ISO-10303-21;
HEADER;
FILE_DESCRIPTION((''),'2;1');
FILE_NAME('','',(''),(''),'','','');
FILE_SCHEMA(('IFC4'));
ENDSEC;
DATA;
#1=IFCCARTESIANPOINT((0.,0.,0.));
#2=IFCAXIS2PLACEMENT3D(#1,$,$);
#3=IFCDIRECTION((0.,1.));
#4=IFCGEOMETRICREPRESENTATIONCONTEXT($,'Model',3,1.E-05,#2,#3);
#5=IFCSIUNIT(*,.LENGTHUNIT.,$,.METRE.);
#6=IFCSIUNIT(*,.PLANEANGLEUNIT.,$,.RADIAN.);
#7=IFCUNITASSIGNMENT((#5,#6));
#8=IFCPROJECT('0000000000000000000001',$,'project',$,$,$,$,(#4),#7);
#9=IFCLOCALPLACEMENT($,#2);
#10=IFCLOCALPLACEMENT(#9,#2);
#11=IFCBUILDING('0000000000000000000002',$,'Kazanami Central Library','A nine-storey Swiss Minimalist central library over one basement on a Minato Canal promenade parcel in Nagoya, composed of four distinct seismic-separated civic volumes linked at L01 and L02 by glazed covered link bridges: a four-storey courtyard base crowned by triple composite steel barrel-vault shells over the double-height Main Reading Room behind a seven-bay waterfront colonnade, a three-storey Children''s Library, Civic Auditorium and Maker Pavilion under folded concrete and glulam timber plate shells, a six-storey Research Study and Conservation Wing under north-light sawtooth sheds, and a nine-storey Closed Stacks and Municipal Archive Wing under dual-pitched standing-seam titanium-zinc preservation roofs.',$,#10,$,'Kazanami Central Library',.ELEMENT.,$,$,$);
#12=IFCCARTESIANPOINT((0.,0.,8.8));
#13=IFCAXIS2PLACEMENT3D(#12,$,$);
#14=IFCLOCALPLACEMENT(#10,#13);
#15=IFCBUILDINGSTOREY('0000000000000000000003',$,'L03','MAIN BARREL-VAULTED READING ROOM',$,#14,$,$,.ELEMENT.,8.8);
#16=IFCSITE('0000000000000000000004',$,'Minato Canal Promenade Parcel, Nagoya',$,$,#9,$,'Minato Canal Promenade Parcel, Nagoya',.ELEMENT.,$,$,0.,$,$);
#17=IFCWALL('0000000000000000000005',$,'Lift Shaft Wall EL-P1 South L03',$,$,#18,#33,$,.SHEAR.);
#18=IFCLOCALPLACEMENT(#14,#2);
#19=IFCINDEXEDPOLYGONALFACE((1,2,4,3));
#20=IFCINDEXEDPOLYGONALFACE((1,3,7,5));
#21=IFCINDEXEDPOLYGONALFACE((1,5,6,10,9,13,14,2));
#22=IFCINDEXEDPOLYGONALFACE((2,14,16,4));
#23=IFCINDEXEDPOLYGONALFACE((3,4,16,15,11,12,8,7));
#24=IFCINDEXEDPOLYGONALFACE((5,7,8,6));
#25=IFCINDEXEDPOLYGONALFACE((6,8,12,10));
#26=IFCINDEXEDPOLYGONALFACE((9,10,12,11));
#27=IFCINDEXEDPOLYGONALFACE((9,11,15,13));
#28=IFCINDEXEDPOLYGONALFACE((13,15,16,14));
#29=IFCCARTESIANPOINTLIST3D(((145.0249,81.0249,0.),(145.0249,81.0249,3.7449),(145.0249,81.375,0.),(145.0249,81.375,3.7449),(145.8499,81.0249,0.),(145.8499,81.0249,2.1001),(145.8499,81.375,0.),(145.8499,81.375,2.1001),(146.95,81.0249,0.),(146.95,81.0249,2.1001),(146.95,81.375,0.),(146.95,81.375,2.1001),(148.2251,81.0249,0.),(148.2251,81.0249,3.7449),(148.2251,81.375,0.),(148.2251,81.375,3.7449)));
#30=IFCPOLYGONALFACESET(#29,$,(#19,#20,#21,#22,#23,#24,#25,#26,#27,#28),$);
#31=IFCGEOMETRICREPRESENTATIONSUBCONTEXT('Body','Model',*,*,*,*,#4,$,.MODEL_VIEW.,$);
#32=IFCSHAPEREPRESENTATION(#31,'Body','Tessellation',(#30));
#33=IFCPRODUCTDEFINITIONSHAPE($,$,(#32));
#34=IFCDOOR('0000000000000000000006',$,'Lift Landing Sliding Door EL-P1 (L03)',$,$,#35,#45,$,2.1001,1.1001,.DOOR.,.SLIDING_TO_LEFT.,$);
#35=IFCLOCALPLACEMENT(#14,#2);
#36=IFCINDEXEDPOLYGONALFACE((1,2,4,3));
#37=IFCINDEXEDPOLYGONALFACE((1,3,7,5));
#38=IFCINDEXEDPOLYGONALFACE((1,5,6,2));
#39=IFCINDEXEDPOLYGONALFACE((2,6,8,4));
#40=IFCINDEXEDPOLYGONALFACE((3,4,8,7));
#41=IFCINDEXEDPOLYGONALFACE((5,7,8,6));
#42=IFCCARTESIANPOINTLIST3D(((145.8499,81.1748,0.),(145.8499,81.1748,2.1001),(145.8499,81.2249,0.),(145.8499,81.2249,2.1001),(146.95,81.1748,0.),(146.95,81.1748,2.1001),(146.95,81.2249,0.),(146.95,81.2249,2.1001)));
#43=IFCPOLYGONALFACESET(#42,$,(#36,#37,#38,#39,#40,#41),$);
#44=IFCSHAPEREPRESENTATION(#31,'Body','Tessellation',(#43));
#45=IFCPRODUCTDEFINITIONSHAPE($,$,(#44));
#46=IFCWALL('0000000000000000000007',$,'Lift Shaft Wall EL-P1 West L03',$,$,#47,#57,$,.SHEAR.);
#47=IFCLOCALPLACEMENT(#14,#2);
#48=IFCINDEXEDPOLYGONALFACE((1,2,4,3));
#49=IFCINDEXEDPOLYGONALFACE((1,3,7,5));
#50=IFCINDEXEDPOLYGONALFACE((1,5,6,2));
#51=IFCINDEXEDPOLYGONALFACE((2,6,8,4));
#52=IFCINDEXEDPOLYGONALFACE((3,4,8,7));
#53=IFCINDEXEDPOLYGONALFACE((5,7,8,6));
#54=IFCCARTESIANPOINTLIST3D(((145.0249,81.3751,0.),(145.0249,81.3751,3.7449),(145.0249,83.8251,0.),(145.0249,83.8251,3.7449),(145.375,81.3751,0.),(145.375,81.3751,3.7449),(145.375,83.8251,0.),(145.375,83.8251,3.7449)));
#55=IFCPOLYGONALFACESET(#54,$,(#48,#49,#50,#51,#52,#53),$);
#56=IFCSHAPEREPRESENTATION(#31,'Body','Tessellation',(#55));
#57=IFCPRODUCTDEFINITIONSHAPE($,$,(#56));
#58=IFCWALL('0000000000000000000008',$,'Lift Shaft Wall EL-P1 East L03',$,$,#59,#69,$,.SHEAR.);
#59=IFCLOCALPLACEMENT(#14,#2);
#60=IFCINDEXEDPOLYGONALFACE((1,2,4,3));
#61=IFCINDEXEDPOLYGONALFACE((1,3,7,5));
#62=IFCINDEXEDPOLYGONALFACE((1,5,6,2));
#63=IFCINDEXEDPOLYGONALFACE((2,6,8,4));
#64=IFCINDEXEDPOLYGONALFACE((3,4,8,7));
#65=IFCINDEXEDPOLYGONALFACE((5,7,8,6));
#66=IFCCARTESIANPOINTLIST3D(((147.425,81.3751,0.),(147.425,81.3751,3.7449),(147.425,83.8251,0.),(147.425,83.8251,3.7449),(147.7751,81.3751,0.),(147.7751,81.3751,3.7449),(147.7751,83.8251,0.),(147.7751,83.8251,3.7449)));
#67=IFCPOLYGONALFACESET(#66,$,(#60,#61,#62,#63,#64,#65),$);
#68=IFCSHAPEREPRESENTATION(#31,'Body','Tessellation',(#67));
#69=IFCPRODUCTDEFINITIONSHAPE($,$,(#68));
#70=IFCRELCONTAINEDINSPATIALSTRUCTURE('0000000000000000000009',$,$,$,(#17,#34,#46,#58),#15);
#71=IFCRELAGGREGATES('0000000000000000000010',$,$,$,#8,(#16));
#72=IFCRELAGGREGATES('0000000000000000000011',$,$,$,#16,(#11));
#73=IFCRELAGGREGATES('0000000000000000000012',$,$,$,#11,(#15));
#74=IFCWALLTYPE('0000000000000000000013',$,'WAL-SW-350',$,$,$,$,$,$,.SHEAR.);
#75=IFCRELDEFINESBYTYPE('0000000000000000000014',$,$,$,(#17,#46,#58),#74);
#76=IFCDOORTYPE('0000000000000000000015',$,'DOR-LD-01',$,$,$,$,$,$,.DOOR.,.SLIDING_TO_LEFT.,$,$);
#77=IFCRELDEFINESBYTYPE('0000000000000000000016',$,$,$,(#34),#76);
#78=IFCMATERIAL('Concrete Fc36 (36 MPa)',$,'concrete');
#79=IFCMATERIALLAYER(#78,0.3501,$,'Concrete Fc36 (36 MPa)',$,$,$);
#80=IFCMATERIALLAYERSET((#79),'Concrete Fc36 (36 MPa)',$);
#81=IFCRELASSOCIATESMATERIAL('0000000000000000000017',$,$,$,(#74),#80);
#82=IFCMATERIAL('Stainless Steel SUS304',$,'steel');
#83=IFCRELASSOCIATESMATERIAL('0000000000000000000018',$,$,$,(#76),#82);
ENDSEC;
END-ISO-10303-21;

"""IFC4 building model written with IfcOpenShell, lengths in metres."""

from ifc_helpers import new_model, si_unit, direction, frame, frame_2d, origin, place, context, subcontext, project, spatial, rectangle, extrude, material, layer, layer_set, type_object, element, fill, save


model = new_model("IFC4")

# Units and contexts
model_context = context("Model", 3, precision=1e-05, world=origin(), true_north=direction((0.0, 1.0)))
body_context = subcontext(model_context, "Body", "Model", "MODEL_VIEW")
ifc_project = project(units=[si_unit("LENGTHUNIT", "METRE"), si_unit("PLANEANGLEUNIT", "RADIAN")], contexts=[model_context])

# Site, building, storey
site_placement = place(None, origin())
site = spatial("IfcSite", under=ifc_project, at=site_placement, Name="Minato Canal Promenade Parcel, Nagoya", LongName="Minato Canal Promenade Parcel, Nagoya", CompositionType="ELEMENT", RefElevation=0.0)
building_placement = place(site_placement, origin())
building = spatial("IfcBuilding", under=site, at=building_placement, Name="Kazanami Central Library", Description="A nine-storey Swiss Minimalist central library over one basement on a Minato Canal promenade parcel in Nagoya, composed of four distinct seismic-separated civic volumes linked at L01 and L02 by glazed covered link bridges: a four-storey courtyard base crowned by triple composite steel barrel-vault shells over the double-height Main Reading Room behind a seven-bay waterfront colonnade, a three-storey Children's Library, Civic Auditorium and Maker Pavilion under folded concrete and glulam timber plate shells, a six-storey Research Study and Conservation Wing under north-light sawtooth sheds, and a nine-storey Closed Stacks and Municipal Archive Wing under dual-pitched standing-seam titanium-zinc preservation roofs.", LongName="Kazanami Central Library", CompositionType="ELEMENT")
storey_placement = place(building_placement, frame((0.0, 0.0, 8.8)))
storey = spatial("IfcBuildingStorey", under=building, at=storey_placement, Name="L03", Description="MAIN BARREL-VAULTED READING ROOM", CompositionType="ELEMENT", Elevation=8.8)

# Shared definitions
ifc_material_1 = material(Name="Concrete Fc36 (36 MPa)", Category="concrete")

# Shared definitions
ifc_layer_1 = layer(ifc_material_1, 0.3501, Name="Concrete Fc36 (36 MPa)")
ifc_layer_set_1 = layer_set([ifc_layer_1], Name="Concrete Fc36 (36 MPa)")
wall_type_1 = type_object("IfcWallType", Name="WAL-SW-350", PredefinedType="SHEAR", material=ifc_layer_set_1)
ifc_material_2 = material(Name="Stainless Steel SUS304", Category="steel")

# Wall, opening, door
wall_1_placement = place(storey_placement, frame((145.0249, 81.2, 0.0), z_axis=(0.0, 0.0, 1.0), x_axis=(1.0, 0.0, 0.0)))
wall_1 = element("IfcWall", 1, at=wall_1_placement, inside=storey, type_object=wall_type_1, Name="Lift Shaft Wall EL-P1 South L03", PredefinedType="SHEAR", context=body_context, shape_type="SweptSolid", body=[
    extrude(rectangle(XDim=3.2002, YDim=0.3501, at=frame_2d((1.6001, 0.0))), origin(), (0.0, 0.0, 1.0), 3.7449),
])
opening_1_placement = place(wall_1_placement, frame((0.825, 0.0, 0.0)))
opening_1 = element("IfcOpeningElement", 2, at=opening_1_placement, cuts=wall_1, PredefinedType="OPENING", context=body_context, shape_type="SweptSolid", body=[
    extrude(rectangle(XDim=1.1001, YDim=2.1001, at=frame_2d((0.55, 1.05))), frame((0.0, 0.187, 0.0), z_axis=(0.0, -1.0, 0.0), x_axis=(1.0, 0.0, 0.0)), (0.0, 0.0, 1.0), 0.374),
])
door_type_1 = type_object("IfcDoorType", Name="DOR-LD-01", OperationType="SLIDING_TO_LEFT", PredefinedType="DOOR", material=ifc_material_2)
door_1_placement = place(opening_1_placement, origin())
door_1 = element("IfcDoor", 3, at=door_1_placement, inside=storey, type_object=door_type_1, Name="Lift Landing Sliding Door EL-P1 (L03)", OperationType="SLIDING_TO_LEFT", OverallHeight=2.1001, OverallWidth=1.1001, PredefinedType="DOOR", context=body_context, shape_type="SweptSolid", body=[
    extrude(rectangle(XDim=1.1001, YDim=2.1001, at=frame_2d((0.55, 1.05))), frame((0.0, 0.0249, 0.0), z_axis=(0.0, -1.0, 0.0), x_axis=(1.0, 0.0, 0.0)), (0.0, 0.0, 1.0), 0.05),
])
fill(opening_1, door_1)

# Walls
for number, where, z_axis, x_axis, name in (
    (4, (145.2, 81.375, 0.0), (0.0, 0.0, 1.0), (0.0, 1.0, 0.0), "Lift Shaft Wall EL-P1 West L03"),
    (5, (147.6001, 81.375, 0.0), (0.0, 0.0, 1.0), (0.0, 1.0, 0.0), "Lift Shaft Wall EL-P1 East L03"),
):
    element("IfcWall", number, at=place(storey_placement, frame(where, z_axis=z_axis, x_axis=x_axis)), inside=storey, type_object=wall_type_1, Name=name, PredefinedType="SHEAR", context=body_context, shape_type="SweptSolid", body=[
        extrude(rectangle(XDim=2.45, YDim=0.3501, at=frame_2d((1.2251, 0.0))), origin(), (0.0, 0.0, 1.0), 3.7449),
    ])

save(model, "model.ifc")
